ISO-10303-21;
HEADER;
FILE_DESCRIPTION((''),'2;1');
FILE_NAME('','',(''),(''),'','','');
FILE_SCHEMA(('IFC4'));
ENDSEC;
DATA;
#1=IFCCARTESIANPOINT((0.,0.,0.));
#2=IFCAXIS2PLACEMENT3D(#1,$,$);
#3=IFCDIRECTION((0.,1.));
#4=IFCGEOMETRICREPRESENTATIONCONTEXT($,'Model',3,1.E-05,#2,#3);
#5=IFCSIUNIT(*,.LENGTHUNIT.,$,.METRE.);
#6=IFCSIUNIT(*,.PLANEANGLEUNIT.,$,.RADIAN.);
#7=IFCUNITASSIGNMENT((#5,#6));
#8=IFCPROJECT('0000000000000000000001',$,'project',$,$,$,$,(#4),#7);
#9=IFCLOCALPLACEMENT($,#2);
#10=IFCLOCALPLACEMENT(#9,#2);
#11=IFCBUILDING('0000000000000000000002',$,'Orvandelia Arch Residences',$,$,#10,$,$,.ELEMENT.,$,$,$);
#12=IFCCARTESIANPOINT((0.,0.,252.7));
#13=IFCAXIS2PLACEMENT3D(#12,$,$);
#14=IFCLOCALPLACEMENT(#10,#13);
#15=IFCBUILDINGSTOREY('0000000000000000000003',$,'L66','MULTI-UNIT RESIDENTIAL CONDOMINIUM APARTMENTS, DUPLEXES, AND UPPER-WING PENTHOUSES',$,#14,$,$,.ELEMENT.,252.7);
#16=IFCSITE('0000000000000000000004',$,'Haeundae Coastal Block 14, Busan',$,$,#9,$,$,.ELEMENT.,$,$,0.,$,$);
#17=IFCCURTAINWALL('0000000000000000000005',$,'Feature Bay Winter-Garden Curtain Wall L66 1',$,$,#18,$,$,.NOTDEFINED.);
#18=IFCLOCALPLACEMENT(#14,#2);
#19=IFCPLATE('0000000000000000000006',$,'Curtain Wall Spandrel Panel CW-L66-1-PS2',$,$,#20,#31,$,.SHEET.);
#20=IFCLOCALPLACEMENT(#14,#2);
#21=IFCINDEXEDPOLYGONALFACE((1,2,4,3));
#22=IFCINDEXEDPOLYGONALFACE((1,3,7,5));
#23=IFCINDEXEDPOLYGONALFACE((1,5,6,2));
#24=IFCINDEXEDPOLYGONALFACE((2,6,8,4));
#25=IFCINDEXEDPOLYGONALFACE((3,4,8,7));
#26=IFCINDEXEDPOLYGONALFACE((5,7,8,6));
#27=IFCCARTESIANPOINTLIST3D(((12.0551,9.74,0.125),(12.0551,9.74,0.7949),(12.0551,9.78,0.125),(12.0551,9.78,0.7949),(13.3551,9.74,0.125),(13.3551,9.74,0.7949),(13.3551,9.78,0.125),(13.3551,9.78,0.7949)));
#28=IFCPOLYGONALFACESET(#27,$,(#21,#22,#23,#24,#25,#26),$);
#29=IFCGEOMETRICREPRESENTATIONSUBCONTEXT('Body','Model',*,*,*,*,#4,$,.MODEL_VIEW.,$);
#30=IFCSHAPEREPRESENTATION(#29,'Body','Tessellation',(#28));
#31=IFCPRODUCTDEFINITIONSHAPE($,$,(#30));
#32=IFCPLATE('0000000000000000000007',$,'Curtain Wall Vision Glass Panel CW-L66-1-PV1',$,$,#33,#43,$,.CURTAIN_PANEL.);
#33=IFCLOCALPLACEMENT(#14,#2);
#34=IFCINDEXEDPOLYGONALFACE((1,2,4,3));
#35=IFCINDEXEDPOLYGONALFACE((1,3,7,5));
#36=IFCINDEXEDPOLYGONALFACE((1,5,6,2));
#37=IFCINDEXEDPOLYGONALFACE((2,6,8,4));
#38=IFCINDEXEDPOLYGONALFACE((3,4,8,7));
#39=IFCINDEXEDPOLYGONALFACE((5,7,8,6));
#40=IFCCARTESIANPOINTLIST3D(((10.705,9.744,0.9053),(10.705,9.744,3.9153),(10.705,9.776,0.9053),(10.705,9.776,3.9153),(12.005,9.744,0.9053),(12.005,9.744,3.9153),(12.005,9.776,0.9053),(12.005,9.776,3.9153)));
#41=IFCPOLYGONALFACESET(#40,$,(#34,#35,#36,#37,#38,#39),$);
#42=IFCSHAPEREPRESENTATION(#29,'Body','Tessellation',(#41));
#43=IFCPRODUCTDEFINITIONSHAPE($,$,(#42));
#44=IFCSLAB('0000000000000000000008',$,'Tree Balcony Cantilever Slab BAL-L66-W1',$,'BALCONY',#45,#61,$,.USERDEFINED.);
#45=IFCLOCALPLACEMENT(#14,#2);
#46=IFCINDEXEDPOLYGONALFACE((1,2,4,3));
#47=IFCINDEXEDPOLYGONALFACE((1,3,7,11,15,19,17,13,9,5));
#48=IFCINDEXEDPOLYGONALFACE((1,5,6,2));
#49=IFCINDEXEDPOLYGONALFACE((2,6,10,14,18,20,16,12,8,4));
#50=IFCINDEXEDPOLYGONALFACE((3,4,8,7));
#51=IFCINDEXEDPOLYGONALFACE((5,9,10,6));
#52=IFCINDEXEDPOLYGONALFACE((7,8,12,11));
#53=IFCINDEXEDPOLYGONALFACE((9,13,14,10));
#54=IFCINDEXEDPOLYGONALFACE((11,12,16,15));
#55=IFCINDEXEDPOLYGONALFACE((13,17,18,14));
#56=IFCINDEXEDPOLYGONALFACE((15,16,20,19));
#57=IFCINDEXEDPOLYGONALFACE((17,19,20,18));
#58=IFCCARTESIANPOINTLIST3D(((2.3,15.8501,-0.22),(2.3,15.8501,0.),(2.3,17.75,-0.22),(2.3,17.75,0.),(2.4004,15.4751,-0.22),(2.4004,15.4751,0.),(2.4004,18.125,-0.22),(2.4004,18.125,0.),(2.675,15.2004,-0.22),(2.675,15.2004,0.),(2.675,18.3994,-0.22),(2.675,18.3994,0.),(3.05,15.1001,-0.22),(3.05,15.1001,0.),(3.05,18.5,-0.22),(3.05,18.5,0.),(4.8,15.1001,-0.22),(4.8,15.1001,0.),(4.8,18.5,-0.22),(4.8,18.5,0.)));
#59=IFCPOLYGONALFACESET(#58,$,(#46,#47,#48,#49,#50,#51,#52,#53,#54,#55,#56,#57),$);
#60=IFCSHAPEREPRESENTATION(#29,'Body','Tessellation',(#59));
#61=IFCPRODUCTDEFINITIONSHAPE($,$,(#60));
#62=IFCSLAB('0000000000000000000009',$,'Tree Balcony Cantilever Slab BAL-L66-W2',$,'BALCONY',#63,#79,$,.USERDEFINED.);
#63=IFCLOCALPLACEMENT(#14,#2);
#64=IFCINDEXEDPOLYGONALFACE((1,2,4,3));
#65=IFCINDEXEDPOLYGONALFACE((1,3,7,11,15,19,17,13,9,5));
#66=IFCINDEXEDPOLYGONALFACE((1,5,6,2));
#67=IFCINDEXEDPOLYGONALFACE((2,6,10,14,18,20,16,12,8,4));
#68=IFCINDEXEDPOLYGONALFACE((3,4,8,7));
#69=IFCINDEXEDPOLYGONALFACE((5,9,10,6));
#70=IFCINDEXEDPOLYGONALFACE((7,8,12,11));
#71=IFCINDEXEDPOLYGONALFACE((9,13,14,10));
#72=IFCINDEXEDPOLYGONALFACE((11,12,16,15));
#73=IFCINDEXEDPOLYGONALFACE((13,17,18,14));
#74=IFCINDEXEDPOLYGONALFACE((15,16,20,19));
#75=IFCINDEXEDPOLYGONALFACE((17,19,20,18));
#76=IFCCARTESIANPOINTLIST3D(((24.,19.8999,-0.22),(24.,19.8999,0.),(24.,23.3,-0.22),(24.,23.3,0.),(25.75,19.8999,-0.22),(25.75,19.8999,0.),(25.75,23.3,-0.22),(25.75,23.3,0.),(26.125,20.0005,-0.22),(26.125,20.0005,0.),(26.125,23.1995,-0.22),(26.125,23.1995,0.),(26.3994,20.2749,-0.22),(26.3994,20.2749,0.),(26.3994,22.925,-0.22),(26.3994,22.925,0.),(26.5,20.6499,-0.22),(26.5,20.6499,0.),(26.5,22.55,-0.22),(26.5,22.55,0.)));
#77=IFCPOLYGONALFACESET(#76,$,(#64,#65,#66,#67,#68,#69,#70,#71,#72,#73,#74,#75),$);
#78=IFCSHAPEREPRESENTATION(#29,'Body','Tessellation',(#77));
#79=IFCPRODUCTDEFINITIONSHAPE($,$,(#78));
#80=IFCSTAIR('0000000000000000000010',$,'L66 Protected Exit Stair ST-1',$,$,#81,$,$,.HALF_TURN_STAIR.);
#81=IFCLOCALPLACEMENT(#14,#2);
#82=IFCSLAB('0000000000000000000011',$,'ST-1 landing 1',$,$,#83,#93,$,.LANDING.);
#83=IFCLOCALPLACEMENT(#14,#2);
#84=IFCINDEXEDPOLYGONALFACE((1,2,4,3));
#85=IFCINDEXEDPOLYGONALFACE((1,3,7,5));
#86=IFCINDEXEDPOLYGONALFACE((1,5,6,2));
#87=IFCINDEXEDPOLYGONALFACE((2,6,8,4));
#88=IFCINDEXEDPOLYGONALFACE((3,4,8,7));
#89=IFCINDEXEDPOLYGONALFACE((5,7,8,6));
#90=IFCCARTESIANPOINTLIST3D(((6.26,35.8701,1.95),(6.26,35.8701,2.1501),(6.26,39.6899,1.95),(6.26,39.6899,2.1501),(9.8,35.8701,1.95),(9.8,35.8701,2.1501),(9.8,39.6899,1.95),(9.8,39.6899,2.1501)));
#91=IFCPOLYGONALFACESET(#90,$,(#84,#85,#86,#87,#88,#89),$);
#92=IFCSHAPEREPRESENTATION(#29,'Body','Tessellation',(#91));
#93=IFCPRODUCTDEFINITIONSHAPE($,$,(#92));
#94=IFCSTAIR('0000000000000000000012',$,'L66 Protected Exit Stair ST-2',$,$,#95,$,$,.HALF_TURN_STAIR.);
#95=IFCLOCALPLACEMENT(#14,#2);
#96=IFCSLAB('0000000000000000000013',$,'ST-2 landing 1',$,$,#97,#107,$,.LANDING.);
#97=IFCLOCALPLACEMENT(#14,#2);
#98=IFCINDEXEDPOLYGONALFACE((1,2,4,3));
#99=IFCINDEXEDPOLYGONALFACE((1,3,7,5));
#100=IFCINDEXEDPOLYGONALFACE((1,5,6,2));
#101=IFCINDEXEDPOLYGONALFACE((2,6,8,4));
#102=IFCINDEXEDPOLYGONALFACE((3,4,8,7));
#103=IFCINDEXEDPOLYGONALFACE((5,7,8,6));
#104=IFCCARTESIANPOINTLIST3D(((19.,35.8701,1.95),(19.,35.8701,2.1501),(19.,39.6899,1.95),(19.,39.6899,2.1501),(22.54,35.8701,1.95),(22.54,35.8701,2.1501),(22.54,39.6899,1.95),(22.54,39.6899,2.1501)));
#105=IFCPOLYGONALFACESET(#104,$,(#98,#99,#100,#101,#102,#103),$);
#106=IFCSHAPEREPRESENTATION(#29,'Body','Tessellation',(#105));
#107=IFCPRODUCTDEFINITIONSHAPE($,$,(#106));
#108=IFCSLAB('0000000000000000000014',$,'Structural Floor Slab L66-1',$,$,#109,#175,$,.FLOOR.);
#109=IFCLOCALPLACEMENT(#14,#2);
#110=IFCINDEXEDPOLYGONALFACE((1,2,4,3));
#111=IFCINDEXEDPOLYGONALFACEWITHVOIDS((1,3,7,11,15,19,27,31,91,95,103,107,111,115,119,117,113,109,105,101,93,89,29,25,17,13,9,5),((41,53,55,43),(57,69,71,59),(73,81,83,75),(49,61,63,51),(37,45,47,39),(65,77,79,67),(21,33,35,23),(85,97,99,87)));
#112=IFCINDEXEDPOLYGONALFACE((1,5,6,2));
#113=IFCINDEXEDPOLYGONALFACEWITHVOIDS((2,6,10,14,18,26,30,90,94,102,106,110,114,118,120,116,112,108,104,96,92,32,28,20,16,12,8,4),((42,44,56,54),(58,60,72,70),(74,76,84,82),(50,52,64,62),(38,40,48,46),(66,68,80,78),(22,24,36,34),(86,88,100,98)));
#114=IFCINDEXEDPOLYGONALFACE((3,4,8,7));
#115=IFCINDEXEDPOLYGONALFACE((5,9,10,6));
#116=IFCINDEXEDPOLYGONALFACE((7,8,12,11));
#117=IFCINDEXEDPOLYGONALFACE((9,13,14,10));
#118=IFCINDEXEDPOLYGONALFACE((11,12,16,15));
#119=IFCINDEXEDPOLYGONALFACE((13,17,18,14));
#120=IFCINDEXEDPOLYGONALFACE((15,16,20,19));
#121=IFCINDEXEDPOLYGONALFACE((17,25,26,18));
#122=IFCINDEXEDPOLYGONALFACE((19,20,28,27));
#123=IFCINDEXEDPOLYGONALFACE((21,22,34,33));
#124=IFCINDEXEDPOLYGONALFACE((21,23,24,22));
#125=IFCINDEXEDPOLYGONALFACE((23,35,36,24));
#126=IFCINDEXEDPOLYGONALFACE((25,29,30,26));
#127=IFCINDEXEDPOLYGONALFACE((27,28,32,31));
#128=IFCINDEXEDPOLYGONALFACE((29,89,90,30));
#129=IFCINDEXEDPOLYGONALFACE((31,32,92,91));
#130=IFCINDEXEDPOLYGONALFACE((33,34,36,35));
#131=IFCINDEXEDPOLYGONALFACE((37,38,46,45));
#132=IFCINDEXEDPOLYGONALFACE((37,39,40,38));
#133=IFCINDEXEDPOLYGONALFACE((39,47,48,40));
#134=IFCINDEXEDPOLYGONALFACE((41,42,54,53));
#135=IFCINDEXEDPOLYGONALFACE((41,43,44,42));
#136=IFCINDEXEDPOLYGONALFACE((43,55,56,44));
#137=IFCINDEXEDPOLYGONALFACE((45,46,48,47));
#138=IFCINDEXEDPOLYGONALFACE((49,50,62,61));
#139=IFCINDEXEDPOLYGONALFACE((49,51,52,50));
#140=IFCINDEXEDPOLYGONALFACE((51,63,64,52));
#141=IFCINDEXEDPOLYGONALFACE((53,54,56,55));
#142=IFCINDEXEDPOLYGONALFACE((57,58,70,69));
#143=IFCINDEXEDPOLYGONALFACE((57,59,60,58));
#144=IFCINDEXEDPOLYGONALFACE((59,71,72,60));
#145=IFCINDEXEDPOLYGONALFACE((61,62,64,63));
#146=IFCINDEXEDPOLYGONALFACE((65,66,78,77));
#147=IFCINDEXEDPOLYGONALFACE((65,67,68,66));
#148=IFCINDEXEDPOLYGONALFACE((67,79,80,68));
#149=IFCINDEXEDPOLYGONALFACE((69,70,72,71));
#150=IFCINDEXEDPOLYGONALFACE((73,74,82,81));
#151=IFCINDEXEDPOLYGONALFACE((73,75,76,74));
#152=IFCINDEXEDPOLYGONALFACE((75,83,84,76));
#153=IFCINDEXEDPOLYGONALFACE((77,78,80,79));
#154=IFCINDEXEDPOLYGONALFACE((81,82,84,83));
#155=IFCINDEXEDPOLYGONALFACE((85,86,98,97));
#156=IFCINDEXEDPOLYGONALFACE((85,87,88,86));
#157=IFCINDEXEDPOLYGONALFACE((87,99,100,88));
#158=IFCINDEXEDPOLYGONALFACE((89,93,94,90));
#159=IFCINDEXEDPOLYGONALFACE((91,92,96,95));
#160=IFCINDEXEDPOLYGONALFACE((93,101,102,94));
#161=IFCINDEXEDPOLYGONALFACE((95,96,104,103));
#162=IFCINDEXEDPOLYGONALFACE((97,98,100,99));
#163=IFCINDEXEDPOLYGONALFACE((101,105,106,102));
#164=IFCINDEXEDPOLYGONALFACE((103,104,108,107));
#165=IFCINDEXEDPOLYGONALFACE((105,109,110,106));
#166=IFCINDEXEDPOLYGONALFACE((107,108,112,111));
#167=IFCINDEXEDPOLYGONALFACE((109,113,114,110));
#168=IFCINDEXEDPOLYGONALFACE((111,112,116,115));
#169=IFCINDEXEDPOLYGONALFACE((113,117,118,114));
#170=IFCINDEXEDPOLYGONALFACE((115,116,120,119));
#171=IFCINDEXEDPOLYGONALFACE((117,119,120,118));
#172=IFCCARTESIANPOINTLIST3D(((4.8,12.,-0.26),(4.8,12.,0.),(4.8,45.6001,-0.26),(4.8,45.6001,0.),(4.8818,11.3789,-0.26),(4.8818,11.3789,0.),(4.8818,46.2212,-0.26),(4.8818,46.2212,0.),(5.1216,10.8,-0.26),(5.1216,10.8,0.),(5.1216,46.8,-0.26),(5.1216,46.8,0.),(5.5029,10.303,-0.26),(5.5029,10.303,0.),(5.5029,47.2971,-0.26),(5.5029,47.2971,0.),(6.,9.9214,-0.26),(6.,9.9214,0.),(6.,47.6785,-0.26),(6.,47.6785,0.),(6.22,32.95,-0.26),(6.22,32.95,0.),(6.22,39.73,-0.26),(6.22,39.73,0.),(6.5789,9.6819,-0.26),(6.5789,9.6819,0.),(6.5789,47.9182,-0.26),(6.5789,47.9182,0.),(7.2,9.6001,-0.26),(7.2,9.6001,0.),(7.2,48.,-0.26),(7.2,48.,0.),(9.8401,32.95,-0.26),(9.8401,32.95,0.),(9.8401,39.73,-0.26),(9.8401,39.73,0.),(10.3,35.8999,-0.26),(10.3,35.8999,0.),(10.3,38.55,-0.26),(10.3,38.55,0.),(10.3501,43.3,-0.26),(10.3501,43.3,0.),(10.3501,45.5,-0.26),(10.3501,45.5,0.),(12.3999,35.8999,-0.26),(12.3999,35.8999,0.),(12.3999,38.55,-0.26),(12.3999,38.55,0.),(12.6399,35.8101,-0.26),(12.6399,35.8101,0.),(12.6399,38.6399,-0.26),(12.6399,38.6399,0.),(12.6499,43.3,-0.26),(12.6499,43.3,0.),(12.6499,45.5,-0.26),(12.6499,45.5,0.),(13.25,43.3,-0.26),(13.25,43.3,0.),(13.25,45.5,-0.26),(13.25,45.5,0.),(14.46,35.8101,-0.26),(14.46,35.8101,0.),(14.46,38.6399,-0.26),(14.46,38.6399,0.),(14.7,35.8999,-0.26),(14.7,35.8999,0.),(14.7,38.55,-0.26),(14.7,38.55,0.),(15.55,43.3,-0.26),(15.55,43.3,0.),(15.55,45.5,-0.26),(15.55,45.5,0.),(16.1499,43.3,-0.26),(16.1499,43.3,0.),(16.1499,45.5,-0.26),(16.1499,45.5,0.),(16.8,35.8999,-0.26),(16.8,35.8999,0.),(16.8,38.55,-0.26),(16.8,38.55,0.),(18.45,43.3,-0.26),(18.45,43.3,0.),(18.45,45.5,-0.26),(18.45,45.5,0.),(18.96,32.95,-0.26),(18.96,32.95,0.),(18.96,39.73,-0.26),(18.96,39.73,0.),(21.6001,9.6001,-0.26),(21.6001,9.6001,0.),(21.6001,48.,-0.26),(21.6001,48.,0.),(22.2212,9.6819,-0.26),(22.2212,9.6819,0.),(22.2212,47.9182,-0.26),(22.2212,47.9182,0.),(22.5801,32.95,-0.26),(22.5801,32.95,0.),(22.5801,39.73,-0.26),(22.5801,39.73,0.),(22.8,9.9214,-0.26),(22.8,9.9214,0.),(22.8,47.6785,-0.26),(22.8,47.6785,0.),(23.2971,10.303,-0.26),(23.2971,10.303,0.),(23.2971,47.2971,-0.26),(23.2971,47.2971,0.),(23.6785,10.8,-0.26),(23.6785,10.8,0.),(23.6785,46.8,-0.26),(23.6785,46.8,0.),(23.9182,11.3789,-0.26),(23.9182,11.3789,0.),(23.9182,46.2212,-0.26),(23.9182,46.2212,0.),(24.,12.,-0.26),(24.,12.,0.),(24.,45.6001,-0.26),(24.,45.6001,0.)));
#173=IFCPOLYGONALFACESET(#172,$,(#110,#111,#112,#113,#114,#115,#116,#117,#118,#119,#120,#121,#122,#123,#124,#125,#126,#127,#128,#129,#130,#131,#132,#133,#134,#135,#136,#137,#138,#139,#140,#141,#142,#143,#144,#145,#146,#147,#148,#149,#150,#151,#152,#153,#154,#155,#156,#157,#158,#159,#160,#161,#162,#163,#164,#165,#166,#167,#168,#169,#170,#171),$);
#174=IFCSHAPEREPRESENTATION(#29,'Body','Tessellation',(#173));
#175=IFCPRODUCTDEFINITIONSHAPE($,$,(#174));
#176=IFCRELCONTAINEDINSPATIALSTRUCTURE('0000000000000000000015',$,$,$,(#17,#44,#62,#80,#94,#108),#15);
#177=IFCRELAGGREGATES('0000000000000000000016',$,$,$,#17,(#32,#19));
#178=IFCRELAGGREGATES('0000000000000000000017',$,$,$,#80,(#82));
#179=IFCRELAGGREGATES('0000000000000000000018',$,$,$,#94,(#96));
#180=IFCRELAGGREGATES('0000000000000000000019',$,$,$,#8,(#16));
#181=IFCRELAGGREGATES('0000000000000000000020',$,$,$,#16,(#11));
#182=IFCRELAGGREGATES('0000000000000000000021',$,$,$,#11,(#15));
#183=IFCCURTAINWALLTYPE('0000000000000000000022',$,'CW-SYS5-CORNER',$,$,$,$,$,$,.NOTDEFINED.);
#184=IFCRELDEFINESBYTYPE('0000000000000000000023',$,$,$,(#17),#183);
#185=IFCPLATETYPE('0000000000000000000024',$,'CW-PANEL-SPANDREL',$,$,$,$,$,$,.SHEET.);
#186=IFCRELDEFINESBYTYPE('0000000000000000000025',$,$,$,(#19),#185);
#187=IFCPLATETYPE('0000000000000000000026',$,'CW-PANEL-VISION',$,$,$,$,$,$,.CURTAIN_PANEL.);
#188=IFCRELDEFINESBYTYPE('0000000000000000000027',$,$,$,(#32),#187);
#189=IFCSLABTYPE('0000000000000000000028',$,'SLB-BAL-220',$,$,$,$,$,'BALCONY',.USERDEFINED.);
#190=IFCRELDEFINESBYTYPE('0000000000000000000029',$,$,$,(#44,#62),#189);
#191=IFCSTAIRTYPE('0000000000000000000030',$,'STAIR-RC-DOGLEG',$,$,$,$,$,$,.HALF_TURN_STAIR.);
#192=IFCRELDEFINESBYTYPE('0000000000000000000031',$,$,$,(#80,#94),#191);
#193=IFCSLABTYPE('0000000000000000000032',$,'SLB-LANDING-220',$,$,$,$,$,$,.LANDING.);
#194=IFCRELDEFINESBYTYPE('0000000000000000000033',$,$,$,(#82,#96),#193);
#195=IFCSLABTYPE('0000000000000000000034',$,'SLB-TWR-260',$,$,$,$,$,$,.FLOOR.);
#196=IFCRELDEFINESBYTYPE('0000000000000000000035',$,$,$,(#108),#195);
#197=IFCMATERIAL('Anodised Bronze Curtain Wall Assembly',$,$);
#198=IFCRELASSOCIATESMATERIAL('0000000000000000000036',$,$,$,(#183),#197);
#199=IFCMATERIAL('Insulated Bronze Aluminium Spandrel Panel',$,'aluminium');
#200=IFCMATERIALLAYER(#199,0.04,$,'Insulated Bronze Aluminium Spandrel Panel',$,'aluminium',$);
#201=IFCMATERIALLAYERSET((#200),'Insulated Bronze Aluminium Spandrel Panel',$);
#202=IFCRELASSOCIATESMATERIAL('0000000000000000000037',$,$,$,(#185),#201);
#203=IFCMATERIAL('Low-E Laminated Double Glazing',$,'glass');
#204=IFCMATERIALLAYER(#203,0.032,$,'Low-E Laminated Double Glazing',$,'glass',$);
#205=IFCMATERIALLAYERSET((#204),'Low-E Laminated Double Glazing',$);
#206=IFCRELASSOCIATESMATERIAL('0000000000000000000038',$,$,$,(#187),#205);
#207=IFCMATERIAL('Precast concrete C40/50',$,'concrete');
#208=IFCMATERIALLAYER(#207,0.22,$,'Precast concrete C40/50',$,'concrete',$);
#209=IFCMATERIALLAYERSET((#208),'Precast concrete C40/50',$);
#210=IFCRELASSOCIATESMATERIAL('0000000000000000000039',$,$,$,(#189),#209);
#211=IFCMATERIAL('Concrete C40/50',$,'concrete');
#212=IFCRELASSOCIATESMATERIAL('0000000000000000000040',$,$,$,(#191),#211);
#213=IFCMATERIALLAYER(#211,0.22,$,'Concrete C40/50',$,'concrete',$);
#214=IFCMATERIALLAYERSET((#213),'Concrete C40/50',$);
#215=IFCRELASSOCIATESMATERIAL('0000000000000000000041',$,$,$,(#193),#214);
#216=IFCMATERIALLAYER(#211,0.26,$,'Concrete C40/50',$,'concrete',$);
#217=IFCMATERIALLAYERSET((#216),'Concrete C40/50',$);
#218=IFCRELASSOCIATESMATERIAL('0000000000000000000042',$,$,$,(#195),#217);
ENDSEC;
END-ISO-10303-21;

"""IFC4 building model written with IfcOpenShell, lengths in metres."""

from ifc_helpers import new_model, si_unit, direction, frame, origin, origin_2d, place, context, subcontext, project, spatial, polyline, rectangle, outline, extrude, material, layer, layer_set, type_object, element, aggregate, save


model = new_model("IFC4")

# Units and contexts
model_context = context("Model", 3, precision=1e-05, world=origin(), true_north=direction((0.0, 1.0)))
body_context = subcontext(model_context, "Body", "Model", "MODEL_VIEW")
ifc_project = project(units=[si_unit("LENGTHUNIT", "METRE"), si_unit("PLANEANGLEUNIT", "RADIAN")], contexts=[model_context])

# Site, building, storey
site_placement = place(None, origin())
site = spatial("IfcSite", under=ifc_project, at=site_placement, Name="Haeundae Coastal Block 14, Busan", CompositionType="ELEMENT", RefElevation=0.0)
building_placement = place(site_placement, origin())
building = spatial("IfcBuilding", under=site, at=building_placement, Name="Orvandelia Arch Residences", CompositionType="ELEMENT")
storey_placement = place(building_placement, frame((0.0, 0.0, 252.7)))
storey = spatial("IfcBuildingStorey", under=building, at=storey_placement, Name="L66", Description="MULTI-UNIT RESIDENTIAL CONDOMINIUM APARTMENTS, DUPLEXES, AND UPPER-WING PENTHOUSES", CompositionType="ELEMENT", Elevation=252.7)

# Curtain wall, plates
ifc_material_1 = material(Name="Anodised Bronze Curtain Wall Assembly")
curtain_wall_type = type_object("IfcCurtainWallType", Name="CW-SYS5-CORNER", PredefinedType="NOTDEFINED", material=ifc_material_1)
curtain_wall_placement = place(storey_placement, origin())
curtain_wall = element("IfcCurtainWall", 1, at=curtain_wall_placement, inside=storey, type_object=curtain_wall_type, Name="Feature Bay Winter-Garden Curtain Wall L66 1", PredefinedType="NOTDEFINED")
ifc_material_2 = material(Name="Insulated Bronze Aluminium Spandrel Panel", Category="aluminium")
ifc_layer_1 = layer(ifc_material_2, 0.04, Name="Insulated Bronze Aluminium Spandrel Panel", Category="aluminium")
ifc_layer_set_1 = layer_set([ifc_layer_1], Name="Insulated Bronze Aluminium Spandrel Panel")
plate_type_1 = type_object("IfcPlateType", Name="CW-PANEL-SPANDREL", PredefinedType="SHEET", material=ifc_layer_set_1)
plate_1_placement = place(storey_placement, frame((12.7051, 9.76, 0.125), z_axis=(0.0, 0.0, 1.0), x_axis=(1.0, 0.0, 0.0)))
plate_1 = element("IfcPlate", 2, at=plate_1_placement, type_object=plate_type_1, Name="Curtain Wall Spandrel Panel CW-L66-1-PS2", PredefinedType="SHEET", context=body_context, shape_type="SweptSolid", body=[
    extrude(rectangle(XDim=1.3, YDim=0.04, at=origin_2d()), origin(), (0.0, 0.0, 1.0), 0.6699),
])
ifc_material_3 = material(Name="Low-E Laminated Double Glazing", Category="glass")
ifc_layer_2 = layer(ifc_material_3, 0.032, Name="Low-E Laminated Double Glazing", Category="glass")
ifc_layer_set_2 = layer_set([ifc_layer_2], Name="Low-E Laminated Double Glazing")
plate_type_2 = type_object("IfcPlateType", Name="CW-PANEL-VISION", PredefinedType="CURTAIN_PANEL", material=ifc_layer_set_2)
plate_2_placement = place(storey_placement, frame((11.355, 9.76, 0.9053), z_axis=(0.0, 0.0, 1.0), x_axis=(1.0, 0.0, 0.0)))
plate_2 = element("IfcPlate", 3, at=plate_2_placement, type_object=plate_type_2, Name="Curtain Wall Vision Glass Panel CW-L66-1-PV1", PredefinedType="CURTAIN_PANEL", context=body_context, shape_type="SweptSolid", body=[
    extrude(rectangle(XDim=1.3, YDim=0.032, at=origin_2d()), origin(), (0.0, 0.0, 1.0), 3.01),
])
aggregate(curtain_wall, [plate_2, plate_1])

# Slabs
ifc_material_4 = material(Name="Precast concrete C40/50", Category="concrete")
ifc_layer_3 = layer(ifc_material_4, 0.22, Name="Precast concrete C40/50", Category="concrete")
ifc_layer_set_3 = layer_set([ifc_layer_3], Name="Precast concrete C40/50")
slab_type_1 = type_object("IfcSlabType", Name="SLB-BAL-220", ElementType="BALCONY", PredefinedType="USERDEFINED", material=ifc_layer_set_3)
slab_1_placement = place(storey_placement, frame((0.0, 0.0, -0.22)))
element("IfcSlab", 4, at=slab_1_placement, inside=storey, type_object=slab_type_1, Name="Tree Balcony Cantilever Slab BAL-L66-W1", ObjectType="BALCONY", PredefinedType="USERDEFINED", context=body_context, shape_type="SweptSolid", body=[
    extrude(outline(polyline([(4.8, 15.1001), (4.8, 18.5), (3.05, 18.5), (2.675, 18.3994), (2.4004, 18.125), (2.3, 17.75), (2.3, 15.8501), (2.4004, 15.4751), (2.675, 15.2004), (3.05, 15.1001), (4.8, 15.1001)])), origin(), (0.0, 0.0, 1.0), 0.22),
])
slab_2_placement = place(storey_placement, frame((0.0, 0.0, -0.22)))
element("IfcSlab", 5, at=slab_2_placement, inside=storey, type_object=slab_type_1, Name="Tree Balcony Cantilever Slab BAL-L66-W2", ObjectType="BALCONY", PredefinedType="USERDEFINED", context=body_context, shape_type="SweptSolid", body=[
    extrude(outline(polyline([(24.0, 23.3), (24.0, 19.8999), (25.75, 19.8999), (26.125, 20.0005), (26.3994, 20.2749), (26.5, 20.6499), (26.5, 22.55), (26.3994, 22.925), (26.125, 23.1995), (25.75, 23.3), (24.0, 23.3)])), origin(), (0.0, 0.0, 1.0), 0.22),
])

# Stairs, slabs
ifc_material_5 = material(Name="Concrete C40/50", Category="concrete")
stair_type = type_object("IfcStairType", Name="STAIR-RC-DOGLEG", PredefinedType="HALF_TURN_STAIR", material=ifc_material_5)
stair_1_placement = place(storey_placement, origin())
stair_1 = element("IfcStair", 6, at=stair_1_placement, inside=storey, type_object=stair_type, Name="L66 Protected Exit Stair ST-1", PredefinedType="HALF_TURN_STAIR")
ifc_layer_4 = layer(ifc_material_5, 0.22, Name="Concrete C40/50", Category="concrete")
ifc_layer_set_4 = layer_set([ifc_layer_4], Name="Concrete C40/50")
slab_type_2 = type_object("IfcSlabType", Name="SLB-LANDING-220", PredefinedType="LANDING", material=ifc_layer_set_4)
slab_3_placement = place(storey_placement, frame((0.0, 0.0, 1.95)))
slab_3 = element("IfcSlab", 7, at=slab_3_placement, type_object=slab_type_2, Name="ST-1 landing 1", PredefinedType="LANDING", context=body_context, shape_type="SweptSolid", body=[
    extrude(outline(polyline([(9.8, 35.8701), (9.8, 39.6899), (6.26, 39.6899), (6.26, 35.8701), (9.8, 35.8701)])), origin(), (0.0, 0.0, 1.0), 0.2002),
])
aggregate(stair_1, [slab_3])
stair_2_placement = place(storey_placement, origin())
stair_2 = element("IfcStair", 8, at=stair_2_placement, inside=storey, type_object=stair_type, Name="L66 Protected Exit Stair ST-2", PredefinedType="HALF_TURN_STAIR")
slab_4_placement = place(storey_placement, frame((0.0, 0.0, 1.95)))
slab_4 = element("IfcSlab", 9, at=slab_4_placement, type_object=slab_type_2, Name="ST-2 landing 1", PredefinedType="LANDING", context=body_context, shape_type="SweptSolid", body=[
    extrude(outline(polyline([(22.54, 35.8701), (22.54, 39.6899), (19.0, 39.6899), (19.0, 35.8701), (22.54, 35.8701)])), origin(), (0.0, 0.0, 1.0), 0.2002),
])
aggregate(stair_2, [slab_4])

# Slab
ifc_layer_5 = layer(ifc_material_5, 0.26, Name="Concrete C40/50", Category="concrete")
ifc_layer_set_5 = layer_set([ifc_layer_5], Name="Concrete C40/50")
slab_type_3 = type_object("IfcSlabType", Name="SLB-TWR-260", PredefinedType="FLOOR", material=ifc_layer_set_5)
slab_5_placement = place(storey_placement, frame((0.0, 0.0, -0.26)))
element("IfcSlab", 10, at=slab_5_placement, inside=storey, type_object=slab_type_3, Name="Structural Floor Slab L66-1", PredefinedType="FLOOR", context=body_context, shape_type="SweptSolid", body=[
    extrude(outline(polyline([(4.8, 12.0), (4.8818, 11.3789), (5.1216, 10.8), (5.5029, 10.303), (6.0, 9.9214), (6.5789, 9.6819), (7.2, 9.6001), (21.6001, 9.6001), (22.2212, 9.6819), (22.8, 9.9214), (23.2971, 10.303), (23.6785, 10.8), (23.9182, 11.3789), (24.0, 12.0), (24.0, 45.6001), (23.9182, 46.2212), (23.6785, 46.8), (23.2971, 47.2971), (22.8, 47.6785), (22.2212, 47.9182), (21.6001, 48.0), (7.2, 48.0), (6.5789, 47.9182), (6.0, 47.6785), (5.5029, 47.2971), (5.1216, 46.8), (4.8818, 46.2212), (4.8, 45.6001), (4.8, 12.0)]), holes=[polyline([(6.22, 32.95), (9.8401, 32.95), (9.8401, 39.73), (6.22, 39.73), (6.22, 32.95)]), polyline([(18.96, 32.95), (22.5801, 32.95), (22.5801, 39.73), (18.96, 39.73), (18.96, 32.95)]), polyline([(12.6399, 35.8101), (14.46, 35.8101), (14.46, 38.6399), (12.6399, 38.6399), (12.6399, 35.8101)]), polyline([(10.3, 35.8999), (12.3999, 35.8999), (12.3999, 38.55), (10.3, 38.55), (10.3, 35.8999)]), polyline([(14.7, 35.8999), (16.8, 35.8999), (16.8, 38.55), (14.7, 38.55), (14.7, 35.8999)]), polyline([(10.3501, 43.3), (12.6499, 43.3), (12.6499, 45.5), (10.3501, 45.5), (10.3501, 43.3)]), polyline([(13.25, 43.3), (15.55, 43.3), (15.55, 45.5), (13.25, 45.5), (13.25, 43.3)]), polyline([(16.1499, 43.3), (18.45, 43.3), (18.45, 45.5), (16.1499, 45.5), (16.1499, 43.3)])]), origin(), (0.0, 0.0, 1.0), 0.26),
])

save(model, "model.ifc")
